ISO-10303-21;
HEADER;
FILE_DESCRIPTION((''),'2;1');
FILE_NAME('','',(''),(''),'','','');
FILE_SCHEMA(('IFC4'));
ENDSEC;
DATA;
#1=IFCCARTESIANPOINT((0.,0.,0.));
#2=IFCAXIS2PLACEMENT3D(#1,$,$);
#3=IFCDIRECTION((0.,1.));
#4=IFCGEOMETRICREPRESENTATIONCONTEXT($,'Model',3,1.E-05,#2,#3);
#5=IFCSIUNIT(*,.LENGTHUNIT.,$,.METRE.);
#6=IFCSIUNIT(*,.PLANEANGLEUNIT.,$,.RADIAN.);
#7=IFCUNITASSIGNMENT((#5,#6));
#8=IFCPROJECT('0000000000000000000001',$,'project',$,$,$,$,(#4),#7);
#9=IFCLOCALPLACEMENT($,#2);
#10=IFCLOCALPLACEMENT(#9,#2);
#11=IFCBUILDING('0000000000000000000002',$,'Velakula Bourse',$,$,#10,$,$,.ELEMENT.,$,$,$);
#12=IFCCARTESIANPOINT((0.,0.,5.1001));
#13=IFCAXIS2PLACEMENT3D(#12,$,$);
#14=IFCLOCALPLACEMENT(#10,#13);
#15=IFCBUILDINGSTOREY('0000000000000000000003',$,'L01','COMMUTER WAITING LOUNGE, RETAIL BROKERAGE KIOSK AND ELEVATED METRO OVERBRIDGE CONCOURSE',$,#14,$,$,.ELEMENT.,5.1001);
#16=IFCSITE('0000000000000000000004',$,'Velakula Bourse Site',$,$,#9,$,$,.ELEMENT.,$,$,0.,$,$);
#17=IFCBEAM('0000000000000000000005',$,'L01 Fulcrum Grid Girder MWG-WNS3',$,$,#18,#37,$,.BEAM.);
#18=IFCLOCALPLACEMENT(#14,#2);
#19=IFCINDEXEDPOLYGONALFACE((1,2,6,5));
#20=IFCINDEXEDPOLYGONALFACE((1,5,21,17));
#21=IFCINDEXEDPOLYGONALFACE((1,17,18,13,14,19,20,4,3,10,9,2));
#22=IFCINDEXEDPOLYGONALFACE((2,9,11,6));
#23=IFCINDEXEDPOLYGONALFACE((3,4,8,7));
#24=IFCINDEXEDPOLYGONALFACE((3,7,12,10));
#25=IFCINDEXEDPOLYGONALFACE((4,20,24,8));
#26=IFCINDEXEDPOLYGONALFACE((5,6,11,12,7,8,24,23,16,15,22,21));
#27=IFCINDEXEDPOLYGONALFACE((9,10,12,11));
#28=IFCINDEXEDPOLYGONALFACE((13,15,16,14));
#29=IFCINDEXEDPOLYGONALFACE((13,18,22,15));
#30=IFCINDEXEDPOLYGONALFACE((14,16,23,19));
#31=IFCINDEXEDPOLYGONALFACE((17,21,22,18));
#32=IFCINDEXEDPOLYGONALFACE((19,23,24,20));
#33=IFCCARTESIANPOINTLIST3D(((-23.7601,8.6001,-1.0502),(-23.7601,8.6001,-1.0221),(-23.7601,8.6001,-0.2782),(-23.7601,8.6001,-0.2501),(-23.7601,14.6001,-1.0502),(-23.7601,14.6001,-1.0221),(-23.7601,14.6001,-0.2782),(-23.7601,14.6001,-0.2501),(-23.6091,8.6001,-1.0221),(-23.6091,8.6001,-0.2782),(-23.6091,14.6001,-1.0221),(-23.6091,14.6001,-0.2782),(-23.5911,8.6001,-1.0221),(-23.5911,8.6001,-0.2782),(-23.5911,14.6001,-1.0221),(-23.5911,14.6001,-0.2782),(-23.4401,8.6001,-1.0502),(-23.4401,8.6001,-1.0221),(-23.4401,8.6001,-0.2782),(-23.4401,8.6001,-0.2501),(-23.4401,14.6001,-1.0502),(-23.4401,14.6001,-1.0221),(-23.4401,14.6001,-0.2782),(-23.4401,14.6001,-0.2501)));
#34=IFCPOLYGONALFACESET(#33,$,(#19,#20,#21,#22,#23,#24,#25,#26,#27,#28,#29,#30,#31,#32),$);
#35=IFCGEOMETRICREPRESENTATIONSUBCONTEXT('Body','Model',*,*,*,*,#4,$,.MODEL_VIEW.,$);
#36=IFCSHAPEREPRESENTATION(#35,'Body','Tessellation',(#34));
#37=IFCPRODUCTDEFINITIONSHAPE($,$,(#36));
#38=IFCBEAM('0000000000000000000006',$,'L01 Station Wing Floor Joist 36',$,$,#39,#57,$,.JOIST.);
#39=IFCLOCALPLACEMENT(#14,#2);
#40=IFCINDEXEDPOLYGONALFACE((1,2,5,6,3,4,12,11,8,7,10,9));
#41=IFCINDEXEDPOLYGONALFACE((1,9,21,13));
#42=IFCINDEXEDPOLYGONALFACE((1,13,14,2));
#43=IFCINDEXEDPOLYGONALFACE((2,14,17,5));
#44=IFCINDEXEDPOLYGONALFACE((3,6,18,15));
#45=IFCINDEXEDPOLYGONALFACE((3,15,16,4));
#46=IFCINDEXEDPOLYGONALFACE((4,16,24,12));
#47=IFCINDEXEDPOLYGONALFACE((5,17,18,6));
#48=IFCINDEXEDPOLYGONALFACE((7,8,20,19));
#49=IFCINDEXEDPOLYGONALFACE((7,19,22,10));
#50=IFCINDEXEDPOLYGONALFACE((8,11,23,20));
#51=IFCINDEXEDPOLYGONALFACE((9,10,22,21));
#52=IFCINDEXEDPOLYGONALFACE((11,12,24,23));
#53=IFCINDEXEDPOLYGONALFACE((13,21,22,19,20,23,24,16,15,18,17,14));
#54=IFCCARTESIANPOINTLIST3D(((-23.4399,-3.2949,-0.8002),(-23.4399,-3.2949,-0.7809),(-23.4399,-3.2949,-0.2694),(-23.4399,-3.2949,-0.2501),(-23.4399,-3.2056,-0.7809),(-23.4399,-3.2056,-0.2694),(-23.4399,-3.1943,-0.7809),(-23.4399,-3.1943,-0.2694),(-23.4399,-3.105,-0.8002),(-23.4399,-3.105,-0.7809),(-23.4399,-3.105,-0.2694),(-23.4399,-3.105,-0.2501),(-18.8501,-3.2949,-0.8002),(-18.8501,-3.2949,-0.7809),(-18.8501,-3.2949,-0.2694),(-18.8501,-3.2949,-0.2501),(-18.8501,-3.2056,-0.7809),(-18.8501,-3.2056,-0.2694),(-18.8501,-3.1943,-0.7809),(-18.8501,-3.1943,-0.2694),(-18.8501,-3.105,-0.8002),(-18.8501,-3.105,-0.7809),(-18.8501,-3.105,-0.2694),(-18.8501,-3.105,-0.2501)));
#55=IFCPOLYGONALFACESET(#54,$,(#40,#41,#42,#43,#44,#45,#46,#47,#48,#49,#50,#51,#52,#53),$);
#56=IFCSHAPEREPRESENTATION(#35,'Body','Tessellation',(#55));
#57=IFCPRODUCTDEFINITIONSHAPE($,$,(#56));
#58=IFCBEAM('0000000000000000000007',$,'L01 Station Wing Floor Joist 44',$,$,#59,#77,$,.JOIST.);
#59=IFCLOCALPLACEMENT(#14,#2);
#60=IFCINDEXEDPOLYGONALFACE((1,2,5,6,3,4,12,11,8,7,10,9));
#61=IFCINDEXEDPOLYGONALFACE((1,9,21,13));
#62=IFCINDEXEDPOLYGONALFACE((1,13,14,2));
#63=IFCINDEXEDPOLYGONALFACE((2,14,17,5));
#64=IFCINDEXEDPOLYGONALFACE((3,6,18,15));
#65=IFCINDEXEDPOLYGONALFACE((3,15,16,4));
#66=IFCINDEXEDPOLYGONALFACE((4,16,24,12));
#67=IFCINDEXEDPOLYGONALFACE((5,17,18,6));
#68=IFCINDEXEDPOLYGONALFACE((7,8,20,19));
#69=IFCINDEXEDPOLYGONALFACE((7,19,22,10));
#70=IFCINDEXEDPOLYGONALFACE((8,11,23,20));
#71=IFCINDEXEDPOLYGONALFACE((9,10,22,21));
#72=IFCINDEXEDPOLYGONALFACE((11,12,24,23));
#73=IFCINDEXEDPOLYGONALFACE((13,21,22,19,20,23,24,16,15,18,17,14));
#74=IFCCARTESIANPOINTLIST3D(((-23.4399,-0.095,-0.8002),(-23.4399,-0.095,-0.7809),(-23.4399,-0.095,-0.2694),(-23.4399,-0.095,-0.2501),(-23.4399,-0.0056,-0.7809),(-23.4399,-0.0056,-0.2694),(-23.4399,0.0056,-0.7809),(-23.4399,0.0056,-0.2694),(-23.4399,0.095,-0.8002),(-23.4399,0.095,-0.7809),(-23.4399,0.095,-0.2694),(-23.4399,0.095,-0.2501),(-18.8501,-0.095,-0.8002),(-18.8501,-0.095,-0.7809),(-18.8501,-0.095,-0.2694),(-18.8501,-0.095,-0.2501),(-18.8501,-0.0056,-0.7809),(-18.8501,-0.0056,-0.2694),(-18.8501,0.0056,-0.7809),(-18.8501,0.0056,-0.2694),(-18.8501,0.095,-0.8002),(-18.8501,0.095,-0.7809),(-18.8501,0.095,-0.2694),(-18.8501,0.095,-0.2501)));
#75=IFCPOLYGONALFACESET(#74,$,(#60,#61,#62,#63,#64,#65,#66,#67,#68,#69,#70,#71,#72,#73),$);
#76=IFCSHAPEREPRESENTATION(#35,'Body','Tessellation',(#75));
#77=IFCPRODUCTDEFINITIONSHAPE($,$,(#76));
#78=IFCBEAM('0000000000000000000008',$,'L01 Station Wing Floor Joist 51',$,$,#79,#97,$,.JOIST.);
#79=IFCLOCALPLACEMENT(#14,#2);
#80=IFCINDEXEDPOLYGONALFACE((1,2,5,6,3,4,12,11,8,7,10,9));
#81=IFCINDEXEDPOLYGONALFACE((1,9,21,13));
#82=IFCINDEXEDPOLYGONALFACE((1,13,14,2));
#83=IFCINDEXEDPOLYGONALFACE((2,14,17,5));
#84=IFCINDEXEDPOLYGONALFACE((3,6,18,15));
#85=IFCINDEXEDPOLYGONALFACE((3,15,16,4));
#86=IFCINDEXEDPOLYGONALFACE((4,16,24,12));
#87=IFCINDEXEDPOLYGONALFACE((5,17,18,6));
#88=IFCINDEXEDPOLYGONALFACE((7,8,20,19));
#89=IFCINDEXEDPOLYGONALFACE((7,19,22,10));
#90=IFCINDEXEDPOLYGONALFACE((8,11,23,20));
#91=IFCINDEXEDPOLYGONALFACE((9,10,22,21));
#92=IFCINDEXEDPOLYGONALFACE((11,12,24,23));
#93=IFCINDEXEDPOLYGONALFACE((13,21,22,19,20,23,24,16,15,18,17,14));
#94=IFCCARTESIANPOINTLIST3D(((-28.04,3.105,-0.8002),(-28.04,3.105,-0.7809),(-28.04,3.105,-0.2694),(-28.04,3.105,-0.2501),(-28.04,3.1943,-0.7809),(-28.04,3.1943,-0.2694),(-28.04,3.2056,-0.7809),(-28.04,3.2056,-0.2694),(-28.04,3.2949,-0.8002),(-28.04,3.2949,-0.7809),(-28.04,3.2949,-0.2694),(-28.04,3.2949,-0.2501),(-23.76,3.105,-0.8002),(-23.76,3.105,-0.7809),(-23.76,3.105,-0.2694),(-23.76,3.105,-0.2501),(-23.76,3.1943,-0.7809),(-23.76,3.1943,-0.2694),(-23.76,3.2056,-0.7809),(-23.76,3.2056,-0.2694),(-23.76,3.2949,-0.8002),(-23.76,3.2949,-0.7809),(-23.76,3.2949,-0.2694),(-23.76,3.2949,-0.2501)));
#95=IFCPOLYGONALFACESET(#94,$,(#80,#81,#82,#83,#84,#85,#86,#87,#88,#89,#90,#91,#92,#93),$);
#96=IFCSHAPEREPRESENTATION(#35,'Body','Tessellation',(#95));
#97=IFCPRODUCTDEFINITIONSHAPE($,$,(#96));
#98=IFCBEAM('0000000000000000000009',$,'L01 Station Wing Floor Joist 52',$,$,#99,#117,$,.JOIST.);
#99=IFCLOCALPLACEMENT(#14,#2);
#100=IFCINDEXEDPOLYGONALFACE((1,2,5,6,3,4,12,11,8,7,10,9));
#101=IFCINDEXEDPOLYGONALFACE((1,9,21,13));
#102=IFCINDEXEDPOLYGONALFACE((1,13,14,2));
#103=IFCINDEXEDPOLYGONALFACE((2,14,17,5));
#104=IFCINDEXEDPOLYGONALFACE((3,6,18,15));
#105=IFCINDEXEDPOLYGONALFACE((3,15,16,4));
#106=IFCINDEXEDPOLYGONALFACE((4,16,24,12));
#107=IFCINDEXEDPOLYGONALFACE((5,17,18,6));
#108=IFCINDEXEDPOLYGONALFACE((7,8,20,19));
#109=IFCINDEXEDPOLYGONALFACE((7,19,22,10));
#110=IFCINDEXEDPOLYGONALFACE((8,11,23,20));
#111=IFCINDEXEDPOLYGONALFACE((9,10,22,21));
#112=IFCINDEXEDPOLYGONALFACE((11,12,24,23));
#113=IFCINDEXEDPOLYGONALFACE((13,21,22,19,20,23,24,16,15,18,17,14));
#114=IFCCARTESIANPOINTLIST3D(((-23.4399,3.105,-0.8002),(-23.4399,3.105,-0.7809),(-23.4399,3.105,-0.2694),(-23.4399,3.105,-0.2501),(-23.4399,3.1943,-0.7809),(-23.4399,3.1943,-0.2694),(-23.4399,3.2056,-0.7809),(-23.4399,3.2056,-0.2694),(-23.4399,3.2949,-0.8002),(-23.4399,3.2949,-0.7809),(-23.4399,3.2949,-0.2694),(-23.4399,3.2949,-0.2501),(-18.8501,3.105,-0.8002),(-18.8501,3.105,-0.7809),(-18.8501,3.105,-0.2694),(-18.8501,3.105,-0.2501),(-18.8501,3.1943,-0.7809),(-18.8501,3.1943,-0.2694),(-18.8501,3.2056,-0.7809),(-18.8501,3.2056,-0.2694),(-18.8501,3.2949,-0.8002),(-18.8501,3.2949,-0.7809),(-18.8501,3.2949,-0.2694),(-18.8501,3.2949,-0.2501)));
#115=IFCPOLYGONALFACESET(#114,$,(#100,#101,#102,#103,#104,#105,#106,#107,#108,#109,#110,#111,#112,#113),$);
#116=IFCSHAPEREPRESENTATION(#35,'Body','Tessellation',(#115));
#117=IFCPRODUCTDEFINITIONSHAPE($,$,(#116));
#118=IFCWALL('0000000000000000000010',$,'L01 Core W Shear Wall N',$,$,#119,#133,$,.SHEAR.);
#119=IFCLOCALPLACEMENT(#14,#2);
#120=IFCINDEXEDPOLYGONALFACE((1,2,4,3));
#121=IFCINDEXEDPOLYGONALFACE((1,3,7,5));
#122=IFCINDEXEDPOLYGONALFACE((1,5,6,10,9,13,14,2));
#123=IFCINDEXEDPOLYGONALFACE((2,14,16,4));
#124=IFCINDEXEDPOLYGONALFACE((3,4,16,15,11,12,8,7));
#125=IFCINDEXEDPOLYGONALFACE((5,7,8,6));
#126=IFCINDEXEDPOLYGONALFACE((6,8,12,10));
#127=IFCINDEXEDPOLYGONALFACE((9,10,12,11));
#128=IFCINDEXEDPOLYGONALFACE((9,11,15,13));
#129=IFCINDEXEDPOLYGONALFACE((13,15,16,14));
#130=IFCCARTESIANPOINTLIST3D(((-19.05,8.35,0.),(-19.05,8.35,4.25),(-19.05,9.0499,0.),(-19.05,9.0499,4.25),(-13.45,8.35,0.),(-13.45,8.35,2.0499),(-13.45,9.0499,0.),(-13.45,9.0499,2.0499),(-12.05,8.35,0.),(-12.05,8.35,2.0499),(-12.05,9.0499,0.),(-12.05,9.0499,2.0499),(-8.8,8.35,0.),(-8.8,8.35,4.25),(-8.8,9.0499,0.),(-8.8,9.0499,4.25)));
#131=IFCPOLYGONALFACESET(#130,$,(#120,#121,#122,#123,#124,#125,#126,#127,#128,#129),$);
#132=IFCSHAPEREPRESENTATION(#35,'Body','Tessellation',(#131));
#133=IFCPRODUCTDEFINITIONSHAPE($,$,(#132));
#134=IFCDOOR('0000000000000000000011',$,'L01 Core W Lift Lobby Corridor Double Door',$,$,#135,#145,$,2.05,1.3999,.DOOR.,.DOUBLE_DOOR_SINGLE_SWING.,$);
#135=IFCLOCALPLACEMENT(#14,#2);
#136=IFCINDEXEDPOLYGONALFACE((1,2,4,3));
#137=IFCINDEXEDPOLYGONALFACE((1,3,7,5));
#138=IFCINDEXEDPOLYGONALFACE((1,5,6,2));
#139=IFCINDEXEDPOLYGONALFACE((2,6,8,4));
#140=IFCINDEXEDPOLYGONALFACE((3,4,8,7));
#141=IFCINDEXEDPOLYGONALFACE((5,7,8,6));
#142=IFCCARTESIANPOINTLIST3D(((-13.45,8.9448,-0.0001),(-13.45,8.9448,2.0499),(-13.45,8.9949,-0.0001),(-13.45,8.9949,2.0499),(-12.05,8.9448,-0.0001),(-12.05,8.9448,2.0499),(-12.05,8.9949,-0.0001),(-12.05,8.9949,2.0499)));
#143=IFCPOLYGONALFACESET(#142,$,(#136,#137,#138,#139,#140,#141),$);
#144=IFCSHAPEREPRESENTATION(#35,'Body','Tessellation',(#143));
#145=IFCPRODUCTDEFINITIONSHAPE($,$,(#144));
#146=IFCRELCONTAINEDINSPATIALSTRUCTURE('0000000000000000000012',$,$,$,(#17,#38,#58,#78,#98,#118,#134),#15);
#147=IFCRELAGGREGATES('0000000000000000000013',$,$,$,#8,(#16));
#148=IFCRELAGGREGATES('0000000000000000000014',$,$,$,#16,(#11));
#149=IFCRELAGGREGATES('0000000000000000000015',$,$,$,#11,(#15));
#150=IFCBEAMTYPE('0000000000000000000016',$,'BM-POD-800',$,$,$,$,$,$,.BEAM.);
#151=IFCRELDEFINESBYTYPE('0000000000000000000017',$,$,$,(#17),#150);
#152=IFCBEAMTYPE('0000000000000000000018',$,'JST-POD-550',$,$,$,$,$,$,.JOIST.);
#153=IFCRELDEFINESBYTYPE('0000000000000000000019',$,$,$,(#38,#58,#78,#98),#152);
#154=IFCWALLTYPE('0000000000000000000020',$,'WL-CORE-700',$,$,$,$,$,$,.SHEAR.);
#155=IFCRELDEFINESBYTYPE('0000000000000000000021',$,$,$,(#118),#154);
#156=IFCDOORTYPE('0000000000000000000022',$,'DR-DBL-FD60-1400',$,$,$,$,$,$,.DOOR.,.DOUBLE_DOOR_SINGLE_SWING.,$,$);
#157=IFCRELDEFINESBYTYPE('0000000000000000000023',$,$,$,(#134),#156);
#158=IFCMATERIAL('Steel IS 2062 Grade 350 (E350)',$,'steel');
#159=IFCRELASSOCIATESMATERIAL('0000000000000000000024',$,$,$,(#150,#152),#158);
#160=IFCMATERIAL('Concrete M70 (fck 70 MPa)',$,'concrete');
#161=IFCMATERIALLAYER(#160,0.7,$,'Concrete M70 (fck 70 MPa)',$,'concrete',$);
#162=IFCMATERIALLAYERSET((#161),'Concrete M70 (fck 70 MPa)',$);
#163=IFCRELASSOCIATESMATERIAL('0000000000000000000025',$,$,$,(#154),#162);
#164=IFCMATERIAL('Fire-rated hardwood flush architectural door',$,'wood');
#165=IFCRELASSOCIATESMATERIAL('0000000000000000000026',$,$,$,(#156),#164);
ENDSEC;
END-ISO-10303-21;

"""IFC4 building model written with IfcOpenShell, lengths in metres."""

from ifc_helpers import new_model, si_unit, direction, frame, frame_2d, origin, origin_2d, place, context, subcontext, project, spatial, rectangle, i_section, extrude, material, layer, layer_set, material_profile, profile_set, type_object, element, fill, save


model = new_model("IFC4")

# Units and contexts
model_context = context("Model", 3, precision=1e-05, world=origin(), true_north=direction((0.0, 1.0)))
body_context = subcontext(model_context, "Body", "Model", "MODEL_VIEW")
ifc_project = project(units=[si_unit("LENGTHUNIT", "METRE"), si_unit("PLANEANGLEUNIT", "RADIAN")], contexts=[model_context])

# Site, building, storey
site_placement = place(None, origin())
site = spatial("IfcSite", under=ifc_project, at=site_placement, Name="Velakula Bourse Site", CompositionType="ELEMENT", RefElevation=0.0)
building_placement = place(site_placement, origin())
building = spatial("IfcBuilding", under=site, at=building_placement, Name="Velakula Bourse", CompositionType="ELEMENT")
storey_placement = place(building_placement, frame((0.0, 0.0, 5.1001)))
storey = spatial("IfcBuildingStorey", under=building, at=storey_placement, Name="L01", Description="COMMUTER WAITING LOUNGE, RETAIL BROKERAGE KIOSK AND ELEVATED METRO OVERBRIDGE CONCOURSE", CompositionType="ELEMENT", Elevation=5.1001)

# Shared definitions
ifc_material_1 = material(Name="Concrete M70 (fck 70 MPa)", Category="concrete")

# Beams
ifc_material_2 = material(Name="Steel IS 2062 Grade 350 (E350)", Category="steel")
ifc_material_profile_1 = material_profile(ifc_material_2, i_section(OverallWidth=0.3201, OverallDepth=0.8, WebThickness=0.0181, FlangeThickness=0.0281, at=origin_2d()), Name="Steel IS 2062 Grade 350 (E350)")
ifc_profile_set_1 = profile_set([ifc_material_profile_1], Name="Steel IS 2062 Grade 350 (E350)")
beam_type_1 = type_object("IfcBeamType", Name="BM-POD-800", PredefinedType="BEAM", material=ifc_profile_set_1)
beam_1_placement = place(storey_placement, frame((-23.6001, 8.6001, -0.6501), z_axis=(0.0, 1.0, 0.0), x_axis=(-1.0, 0.0, 0.0)))
element("IfcBeam", 1, at=beam_1_placement, inside=storey, type_object=beam_type_1, Name="L01 Fulcrum Grid Girder MWG-WNS3", PredefinedType="BEAM", context=body_context, shape_type="SweptSolid", body=[
    extrude(i_section(OverallWidth=0.3201, OverallDepth=0.8, WebThickness=0.0181, FlangeThickness=0.0281, at=origin_2d()), origin(), (0.0, 0.0, 1.0), 6.0),
])
ifc_material_profile_2 = material_profile(ifc_material_2, i_section(OverallWidth=0.1899, OverallDepth=0.55, WebThickness=0.0112, FlangeThickness=0.0193, at=origin_2d()), Name="Steel IS 2062 Grade 350 (E350)")
ifc_profile_set_2 = profile_set([ifc_material_profile_2], Name="Steel IS 2062 Grade 350 (E350)")
beam_type_2 = type_object("IfcBeamType", Name="JST-POD-550", PredefinedType="JOIST", material=ifc_profile_set_2)
for number, where, z_axis, x_axis, name in (
    (2, (-23.4399, -3.2, -0.5251), (1.0, 0.0, 0.0), (0.0, 1.0, 0.0), "L01 Station Wing Floor Joist 36"),
    (3, (-23.4399, 0.0, -0.5251), (1.0, 0.0, 0.0), (0.0, 1.0, 0.0), "L01 Station Wing Floor Joist 44"),
):
    element("IfcBeam", number, at=place(storey_placement, frame(where, z_axis=z_axis, x_axis=x_axis)), inside=storey, type_object=beam_type_2, Name=name, PredefinedType="JOIST", context=body_context, shape_type="SweptSolid", body=[
        extrude(i_section(OverallWidth=0.1899, OverallDepth=0.55, WebThickness=0.0112, FlangeThickness=0.0193, at=origin_2d()), origin(), (0.0, 0.0, 1.0), 4.5898),
    ])
beam_2_placement = place(storey_placement, frame((-28.04, 3.2, -0.5251), z_axis=(1.0, 0.0, 0.0), x_axis=(0.0, 1.0, 0.0)))
element("IfcBeam", 4, at=beam_2_placement, inside=storey, type_object=beam_type_2, Name="L01 Station Wing Floor Joist 51", PredefinedType="JOIST", context=body_context, shape_type="SweptSolid", body=[
    extrude(i_section(OverallWidth=0.1899, OverallDepth=0.55, WebThickness=0.0112, FlangeThickness=0.0193, at=origin_2d()), origin(), (0.0, 0.0, 1.0), 4.28),
])
beam_3_placement = place(storey_placement, frame((-23.4399, 3.2, -0.5251), z_axis=(1.0, 0.0, 0.0), x_axis=(0.0, 1.0, 0.0)))
element("IfcBeam", 5, at=beam_3_placement, inside=storey, type_object=beam_type_2, Name="L01 Station Wing Floor Joist 52", PredefinedType="JOIST", context=body_context, shape_type="SweptSolid", body=[
    extrude(i_section(OverallWidth=0.1899, OverallDepth=0.55, WebThickness=0.0112, FlangeThickness=0.0193, at=origin_2d()), origin(), (0.0, 0.0, 1.0), 4.5898),
])

# Wall, opening, door
ifc_layer = layer(ifc_material_1, 0.7, Name="Concrete M70 (fck 70 MPa)", Category="concrete")
ifc_layer_set = layer_set([ifc_layer], Name="Concrete M70 (fck 70 MPa)")
wall_type = type_object("IfcWallType", Name="WL-CORE-700", PredefinedType="SHEAR", material=ifc_layer_set)
wall_placement = place(storey_placement, frame((-19.05, 8.7, 0.0), z_axis=(0.0, 0.0, 1.0), x_axis=(1.0, 0.0, 0.0)))
wall = element("IfcWall", 6, at=wall_placement, inside=storey, type_object=wall_type, Name="L01 Core W Shear Wall N", PredefinedType="SHEAR", context=body_context, shape_type="SweptSolid", body=[
    extrude(rectangle(XDim=10.25, YDim=0.7, at=frame_2d((5.125, 0.0))), origin(), (0.0, 0.0, 1.0), 4.25),
])
opening_placement = place(wall_placement, frame((5.6001, 0.0, 0.0)))
opening = element("IfcOpeningElement", 7, at=opening_placement, cuts=wall, PredefinedType="OPENING", context=body_context, shape_type="SweptSolid", body=[
    extrude(rectangle(XDim=1.3999, YDim=2.05, at=frame_2d((0.7, 1.0249))), frame((0.0, 0.3599, 0.0), z_axis=(0.0, -1.0, 0.0), x_axis=(1.0, 0.0, 0.0)), (0.0, 0.0, 1.0), 0.72),
])
ifc_material_3 = material(Name="Fire-rated hardwood flush architectural door", Category="wood")
door_type = type_object("IfcDoorType", Name="DR-DBL-FD60-1400", OperationType="DOUBLE_DOOR_SINGLE_SWING", PredefinedType="DOOR", material=ifc_material_3)
door_placement = place(opening_placement, origin())
door = element("IfcDoor", 8, at=door_placement, inside=storey, type_object=door_type, Name="L01 Core W Lift Lobby Corridor Double Door", OperationType="DOUBLE_DOOR_SINGLE_SWING", OverallHeight=2.05, OverallWidth=1.3999, PredefinedType="DOOR", context=body_context, shape_type="SweptSolid", body=[
    extrude(rectangle(XDim=1.3999, YDim=2.05, at=frame_2d((0.7, 1.0249))), frame((0.0, 0.2949, 0.0), z_axis=(0.0, -1.0, 0.0), x_axis=(1.0, 0.0, 0.0)), (0.0, 0.0, 1.0), 0.05),
])
fill(opening, door)

save(model, "model.ifc")
